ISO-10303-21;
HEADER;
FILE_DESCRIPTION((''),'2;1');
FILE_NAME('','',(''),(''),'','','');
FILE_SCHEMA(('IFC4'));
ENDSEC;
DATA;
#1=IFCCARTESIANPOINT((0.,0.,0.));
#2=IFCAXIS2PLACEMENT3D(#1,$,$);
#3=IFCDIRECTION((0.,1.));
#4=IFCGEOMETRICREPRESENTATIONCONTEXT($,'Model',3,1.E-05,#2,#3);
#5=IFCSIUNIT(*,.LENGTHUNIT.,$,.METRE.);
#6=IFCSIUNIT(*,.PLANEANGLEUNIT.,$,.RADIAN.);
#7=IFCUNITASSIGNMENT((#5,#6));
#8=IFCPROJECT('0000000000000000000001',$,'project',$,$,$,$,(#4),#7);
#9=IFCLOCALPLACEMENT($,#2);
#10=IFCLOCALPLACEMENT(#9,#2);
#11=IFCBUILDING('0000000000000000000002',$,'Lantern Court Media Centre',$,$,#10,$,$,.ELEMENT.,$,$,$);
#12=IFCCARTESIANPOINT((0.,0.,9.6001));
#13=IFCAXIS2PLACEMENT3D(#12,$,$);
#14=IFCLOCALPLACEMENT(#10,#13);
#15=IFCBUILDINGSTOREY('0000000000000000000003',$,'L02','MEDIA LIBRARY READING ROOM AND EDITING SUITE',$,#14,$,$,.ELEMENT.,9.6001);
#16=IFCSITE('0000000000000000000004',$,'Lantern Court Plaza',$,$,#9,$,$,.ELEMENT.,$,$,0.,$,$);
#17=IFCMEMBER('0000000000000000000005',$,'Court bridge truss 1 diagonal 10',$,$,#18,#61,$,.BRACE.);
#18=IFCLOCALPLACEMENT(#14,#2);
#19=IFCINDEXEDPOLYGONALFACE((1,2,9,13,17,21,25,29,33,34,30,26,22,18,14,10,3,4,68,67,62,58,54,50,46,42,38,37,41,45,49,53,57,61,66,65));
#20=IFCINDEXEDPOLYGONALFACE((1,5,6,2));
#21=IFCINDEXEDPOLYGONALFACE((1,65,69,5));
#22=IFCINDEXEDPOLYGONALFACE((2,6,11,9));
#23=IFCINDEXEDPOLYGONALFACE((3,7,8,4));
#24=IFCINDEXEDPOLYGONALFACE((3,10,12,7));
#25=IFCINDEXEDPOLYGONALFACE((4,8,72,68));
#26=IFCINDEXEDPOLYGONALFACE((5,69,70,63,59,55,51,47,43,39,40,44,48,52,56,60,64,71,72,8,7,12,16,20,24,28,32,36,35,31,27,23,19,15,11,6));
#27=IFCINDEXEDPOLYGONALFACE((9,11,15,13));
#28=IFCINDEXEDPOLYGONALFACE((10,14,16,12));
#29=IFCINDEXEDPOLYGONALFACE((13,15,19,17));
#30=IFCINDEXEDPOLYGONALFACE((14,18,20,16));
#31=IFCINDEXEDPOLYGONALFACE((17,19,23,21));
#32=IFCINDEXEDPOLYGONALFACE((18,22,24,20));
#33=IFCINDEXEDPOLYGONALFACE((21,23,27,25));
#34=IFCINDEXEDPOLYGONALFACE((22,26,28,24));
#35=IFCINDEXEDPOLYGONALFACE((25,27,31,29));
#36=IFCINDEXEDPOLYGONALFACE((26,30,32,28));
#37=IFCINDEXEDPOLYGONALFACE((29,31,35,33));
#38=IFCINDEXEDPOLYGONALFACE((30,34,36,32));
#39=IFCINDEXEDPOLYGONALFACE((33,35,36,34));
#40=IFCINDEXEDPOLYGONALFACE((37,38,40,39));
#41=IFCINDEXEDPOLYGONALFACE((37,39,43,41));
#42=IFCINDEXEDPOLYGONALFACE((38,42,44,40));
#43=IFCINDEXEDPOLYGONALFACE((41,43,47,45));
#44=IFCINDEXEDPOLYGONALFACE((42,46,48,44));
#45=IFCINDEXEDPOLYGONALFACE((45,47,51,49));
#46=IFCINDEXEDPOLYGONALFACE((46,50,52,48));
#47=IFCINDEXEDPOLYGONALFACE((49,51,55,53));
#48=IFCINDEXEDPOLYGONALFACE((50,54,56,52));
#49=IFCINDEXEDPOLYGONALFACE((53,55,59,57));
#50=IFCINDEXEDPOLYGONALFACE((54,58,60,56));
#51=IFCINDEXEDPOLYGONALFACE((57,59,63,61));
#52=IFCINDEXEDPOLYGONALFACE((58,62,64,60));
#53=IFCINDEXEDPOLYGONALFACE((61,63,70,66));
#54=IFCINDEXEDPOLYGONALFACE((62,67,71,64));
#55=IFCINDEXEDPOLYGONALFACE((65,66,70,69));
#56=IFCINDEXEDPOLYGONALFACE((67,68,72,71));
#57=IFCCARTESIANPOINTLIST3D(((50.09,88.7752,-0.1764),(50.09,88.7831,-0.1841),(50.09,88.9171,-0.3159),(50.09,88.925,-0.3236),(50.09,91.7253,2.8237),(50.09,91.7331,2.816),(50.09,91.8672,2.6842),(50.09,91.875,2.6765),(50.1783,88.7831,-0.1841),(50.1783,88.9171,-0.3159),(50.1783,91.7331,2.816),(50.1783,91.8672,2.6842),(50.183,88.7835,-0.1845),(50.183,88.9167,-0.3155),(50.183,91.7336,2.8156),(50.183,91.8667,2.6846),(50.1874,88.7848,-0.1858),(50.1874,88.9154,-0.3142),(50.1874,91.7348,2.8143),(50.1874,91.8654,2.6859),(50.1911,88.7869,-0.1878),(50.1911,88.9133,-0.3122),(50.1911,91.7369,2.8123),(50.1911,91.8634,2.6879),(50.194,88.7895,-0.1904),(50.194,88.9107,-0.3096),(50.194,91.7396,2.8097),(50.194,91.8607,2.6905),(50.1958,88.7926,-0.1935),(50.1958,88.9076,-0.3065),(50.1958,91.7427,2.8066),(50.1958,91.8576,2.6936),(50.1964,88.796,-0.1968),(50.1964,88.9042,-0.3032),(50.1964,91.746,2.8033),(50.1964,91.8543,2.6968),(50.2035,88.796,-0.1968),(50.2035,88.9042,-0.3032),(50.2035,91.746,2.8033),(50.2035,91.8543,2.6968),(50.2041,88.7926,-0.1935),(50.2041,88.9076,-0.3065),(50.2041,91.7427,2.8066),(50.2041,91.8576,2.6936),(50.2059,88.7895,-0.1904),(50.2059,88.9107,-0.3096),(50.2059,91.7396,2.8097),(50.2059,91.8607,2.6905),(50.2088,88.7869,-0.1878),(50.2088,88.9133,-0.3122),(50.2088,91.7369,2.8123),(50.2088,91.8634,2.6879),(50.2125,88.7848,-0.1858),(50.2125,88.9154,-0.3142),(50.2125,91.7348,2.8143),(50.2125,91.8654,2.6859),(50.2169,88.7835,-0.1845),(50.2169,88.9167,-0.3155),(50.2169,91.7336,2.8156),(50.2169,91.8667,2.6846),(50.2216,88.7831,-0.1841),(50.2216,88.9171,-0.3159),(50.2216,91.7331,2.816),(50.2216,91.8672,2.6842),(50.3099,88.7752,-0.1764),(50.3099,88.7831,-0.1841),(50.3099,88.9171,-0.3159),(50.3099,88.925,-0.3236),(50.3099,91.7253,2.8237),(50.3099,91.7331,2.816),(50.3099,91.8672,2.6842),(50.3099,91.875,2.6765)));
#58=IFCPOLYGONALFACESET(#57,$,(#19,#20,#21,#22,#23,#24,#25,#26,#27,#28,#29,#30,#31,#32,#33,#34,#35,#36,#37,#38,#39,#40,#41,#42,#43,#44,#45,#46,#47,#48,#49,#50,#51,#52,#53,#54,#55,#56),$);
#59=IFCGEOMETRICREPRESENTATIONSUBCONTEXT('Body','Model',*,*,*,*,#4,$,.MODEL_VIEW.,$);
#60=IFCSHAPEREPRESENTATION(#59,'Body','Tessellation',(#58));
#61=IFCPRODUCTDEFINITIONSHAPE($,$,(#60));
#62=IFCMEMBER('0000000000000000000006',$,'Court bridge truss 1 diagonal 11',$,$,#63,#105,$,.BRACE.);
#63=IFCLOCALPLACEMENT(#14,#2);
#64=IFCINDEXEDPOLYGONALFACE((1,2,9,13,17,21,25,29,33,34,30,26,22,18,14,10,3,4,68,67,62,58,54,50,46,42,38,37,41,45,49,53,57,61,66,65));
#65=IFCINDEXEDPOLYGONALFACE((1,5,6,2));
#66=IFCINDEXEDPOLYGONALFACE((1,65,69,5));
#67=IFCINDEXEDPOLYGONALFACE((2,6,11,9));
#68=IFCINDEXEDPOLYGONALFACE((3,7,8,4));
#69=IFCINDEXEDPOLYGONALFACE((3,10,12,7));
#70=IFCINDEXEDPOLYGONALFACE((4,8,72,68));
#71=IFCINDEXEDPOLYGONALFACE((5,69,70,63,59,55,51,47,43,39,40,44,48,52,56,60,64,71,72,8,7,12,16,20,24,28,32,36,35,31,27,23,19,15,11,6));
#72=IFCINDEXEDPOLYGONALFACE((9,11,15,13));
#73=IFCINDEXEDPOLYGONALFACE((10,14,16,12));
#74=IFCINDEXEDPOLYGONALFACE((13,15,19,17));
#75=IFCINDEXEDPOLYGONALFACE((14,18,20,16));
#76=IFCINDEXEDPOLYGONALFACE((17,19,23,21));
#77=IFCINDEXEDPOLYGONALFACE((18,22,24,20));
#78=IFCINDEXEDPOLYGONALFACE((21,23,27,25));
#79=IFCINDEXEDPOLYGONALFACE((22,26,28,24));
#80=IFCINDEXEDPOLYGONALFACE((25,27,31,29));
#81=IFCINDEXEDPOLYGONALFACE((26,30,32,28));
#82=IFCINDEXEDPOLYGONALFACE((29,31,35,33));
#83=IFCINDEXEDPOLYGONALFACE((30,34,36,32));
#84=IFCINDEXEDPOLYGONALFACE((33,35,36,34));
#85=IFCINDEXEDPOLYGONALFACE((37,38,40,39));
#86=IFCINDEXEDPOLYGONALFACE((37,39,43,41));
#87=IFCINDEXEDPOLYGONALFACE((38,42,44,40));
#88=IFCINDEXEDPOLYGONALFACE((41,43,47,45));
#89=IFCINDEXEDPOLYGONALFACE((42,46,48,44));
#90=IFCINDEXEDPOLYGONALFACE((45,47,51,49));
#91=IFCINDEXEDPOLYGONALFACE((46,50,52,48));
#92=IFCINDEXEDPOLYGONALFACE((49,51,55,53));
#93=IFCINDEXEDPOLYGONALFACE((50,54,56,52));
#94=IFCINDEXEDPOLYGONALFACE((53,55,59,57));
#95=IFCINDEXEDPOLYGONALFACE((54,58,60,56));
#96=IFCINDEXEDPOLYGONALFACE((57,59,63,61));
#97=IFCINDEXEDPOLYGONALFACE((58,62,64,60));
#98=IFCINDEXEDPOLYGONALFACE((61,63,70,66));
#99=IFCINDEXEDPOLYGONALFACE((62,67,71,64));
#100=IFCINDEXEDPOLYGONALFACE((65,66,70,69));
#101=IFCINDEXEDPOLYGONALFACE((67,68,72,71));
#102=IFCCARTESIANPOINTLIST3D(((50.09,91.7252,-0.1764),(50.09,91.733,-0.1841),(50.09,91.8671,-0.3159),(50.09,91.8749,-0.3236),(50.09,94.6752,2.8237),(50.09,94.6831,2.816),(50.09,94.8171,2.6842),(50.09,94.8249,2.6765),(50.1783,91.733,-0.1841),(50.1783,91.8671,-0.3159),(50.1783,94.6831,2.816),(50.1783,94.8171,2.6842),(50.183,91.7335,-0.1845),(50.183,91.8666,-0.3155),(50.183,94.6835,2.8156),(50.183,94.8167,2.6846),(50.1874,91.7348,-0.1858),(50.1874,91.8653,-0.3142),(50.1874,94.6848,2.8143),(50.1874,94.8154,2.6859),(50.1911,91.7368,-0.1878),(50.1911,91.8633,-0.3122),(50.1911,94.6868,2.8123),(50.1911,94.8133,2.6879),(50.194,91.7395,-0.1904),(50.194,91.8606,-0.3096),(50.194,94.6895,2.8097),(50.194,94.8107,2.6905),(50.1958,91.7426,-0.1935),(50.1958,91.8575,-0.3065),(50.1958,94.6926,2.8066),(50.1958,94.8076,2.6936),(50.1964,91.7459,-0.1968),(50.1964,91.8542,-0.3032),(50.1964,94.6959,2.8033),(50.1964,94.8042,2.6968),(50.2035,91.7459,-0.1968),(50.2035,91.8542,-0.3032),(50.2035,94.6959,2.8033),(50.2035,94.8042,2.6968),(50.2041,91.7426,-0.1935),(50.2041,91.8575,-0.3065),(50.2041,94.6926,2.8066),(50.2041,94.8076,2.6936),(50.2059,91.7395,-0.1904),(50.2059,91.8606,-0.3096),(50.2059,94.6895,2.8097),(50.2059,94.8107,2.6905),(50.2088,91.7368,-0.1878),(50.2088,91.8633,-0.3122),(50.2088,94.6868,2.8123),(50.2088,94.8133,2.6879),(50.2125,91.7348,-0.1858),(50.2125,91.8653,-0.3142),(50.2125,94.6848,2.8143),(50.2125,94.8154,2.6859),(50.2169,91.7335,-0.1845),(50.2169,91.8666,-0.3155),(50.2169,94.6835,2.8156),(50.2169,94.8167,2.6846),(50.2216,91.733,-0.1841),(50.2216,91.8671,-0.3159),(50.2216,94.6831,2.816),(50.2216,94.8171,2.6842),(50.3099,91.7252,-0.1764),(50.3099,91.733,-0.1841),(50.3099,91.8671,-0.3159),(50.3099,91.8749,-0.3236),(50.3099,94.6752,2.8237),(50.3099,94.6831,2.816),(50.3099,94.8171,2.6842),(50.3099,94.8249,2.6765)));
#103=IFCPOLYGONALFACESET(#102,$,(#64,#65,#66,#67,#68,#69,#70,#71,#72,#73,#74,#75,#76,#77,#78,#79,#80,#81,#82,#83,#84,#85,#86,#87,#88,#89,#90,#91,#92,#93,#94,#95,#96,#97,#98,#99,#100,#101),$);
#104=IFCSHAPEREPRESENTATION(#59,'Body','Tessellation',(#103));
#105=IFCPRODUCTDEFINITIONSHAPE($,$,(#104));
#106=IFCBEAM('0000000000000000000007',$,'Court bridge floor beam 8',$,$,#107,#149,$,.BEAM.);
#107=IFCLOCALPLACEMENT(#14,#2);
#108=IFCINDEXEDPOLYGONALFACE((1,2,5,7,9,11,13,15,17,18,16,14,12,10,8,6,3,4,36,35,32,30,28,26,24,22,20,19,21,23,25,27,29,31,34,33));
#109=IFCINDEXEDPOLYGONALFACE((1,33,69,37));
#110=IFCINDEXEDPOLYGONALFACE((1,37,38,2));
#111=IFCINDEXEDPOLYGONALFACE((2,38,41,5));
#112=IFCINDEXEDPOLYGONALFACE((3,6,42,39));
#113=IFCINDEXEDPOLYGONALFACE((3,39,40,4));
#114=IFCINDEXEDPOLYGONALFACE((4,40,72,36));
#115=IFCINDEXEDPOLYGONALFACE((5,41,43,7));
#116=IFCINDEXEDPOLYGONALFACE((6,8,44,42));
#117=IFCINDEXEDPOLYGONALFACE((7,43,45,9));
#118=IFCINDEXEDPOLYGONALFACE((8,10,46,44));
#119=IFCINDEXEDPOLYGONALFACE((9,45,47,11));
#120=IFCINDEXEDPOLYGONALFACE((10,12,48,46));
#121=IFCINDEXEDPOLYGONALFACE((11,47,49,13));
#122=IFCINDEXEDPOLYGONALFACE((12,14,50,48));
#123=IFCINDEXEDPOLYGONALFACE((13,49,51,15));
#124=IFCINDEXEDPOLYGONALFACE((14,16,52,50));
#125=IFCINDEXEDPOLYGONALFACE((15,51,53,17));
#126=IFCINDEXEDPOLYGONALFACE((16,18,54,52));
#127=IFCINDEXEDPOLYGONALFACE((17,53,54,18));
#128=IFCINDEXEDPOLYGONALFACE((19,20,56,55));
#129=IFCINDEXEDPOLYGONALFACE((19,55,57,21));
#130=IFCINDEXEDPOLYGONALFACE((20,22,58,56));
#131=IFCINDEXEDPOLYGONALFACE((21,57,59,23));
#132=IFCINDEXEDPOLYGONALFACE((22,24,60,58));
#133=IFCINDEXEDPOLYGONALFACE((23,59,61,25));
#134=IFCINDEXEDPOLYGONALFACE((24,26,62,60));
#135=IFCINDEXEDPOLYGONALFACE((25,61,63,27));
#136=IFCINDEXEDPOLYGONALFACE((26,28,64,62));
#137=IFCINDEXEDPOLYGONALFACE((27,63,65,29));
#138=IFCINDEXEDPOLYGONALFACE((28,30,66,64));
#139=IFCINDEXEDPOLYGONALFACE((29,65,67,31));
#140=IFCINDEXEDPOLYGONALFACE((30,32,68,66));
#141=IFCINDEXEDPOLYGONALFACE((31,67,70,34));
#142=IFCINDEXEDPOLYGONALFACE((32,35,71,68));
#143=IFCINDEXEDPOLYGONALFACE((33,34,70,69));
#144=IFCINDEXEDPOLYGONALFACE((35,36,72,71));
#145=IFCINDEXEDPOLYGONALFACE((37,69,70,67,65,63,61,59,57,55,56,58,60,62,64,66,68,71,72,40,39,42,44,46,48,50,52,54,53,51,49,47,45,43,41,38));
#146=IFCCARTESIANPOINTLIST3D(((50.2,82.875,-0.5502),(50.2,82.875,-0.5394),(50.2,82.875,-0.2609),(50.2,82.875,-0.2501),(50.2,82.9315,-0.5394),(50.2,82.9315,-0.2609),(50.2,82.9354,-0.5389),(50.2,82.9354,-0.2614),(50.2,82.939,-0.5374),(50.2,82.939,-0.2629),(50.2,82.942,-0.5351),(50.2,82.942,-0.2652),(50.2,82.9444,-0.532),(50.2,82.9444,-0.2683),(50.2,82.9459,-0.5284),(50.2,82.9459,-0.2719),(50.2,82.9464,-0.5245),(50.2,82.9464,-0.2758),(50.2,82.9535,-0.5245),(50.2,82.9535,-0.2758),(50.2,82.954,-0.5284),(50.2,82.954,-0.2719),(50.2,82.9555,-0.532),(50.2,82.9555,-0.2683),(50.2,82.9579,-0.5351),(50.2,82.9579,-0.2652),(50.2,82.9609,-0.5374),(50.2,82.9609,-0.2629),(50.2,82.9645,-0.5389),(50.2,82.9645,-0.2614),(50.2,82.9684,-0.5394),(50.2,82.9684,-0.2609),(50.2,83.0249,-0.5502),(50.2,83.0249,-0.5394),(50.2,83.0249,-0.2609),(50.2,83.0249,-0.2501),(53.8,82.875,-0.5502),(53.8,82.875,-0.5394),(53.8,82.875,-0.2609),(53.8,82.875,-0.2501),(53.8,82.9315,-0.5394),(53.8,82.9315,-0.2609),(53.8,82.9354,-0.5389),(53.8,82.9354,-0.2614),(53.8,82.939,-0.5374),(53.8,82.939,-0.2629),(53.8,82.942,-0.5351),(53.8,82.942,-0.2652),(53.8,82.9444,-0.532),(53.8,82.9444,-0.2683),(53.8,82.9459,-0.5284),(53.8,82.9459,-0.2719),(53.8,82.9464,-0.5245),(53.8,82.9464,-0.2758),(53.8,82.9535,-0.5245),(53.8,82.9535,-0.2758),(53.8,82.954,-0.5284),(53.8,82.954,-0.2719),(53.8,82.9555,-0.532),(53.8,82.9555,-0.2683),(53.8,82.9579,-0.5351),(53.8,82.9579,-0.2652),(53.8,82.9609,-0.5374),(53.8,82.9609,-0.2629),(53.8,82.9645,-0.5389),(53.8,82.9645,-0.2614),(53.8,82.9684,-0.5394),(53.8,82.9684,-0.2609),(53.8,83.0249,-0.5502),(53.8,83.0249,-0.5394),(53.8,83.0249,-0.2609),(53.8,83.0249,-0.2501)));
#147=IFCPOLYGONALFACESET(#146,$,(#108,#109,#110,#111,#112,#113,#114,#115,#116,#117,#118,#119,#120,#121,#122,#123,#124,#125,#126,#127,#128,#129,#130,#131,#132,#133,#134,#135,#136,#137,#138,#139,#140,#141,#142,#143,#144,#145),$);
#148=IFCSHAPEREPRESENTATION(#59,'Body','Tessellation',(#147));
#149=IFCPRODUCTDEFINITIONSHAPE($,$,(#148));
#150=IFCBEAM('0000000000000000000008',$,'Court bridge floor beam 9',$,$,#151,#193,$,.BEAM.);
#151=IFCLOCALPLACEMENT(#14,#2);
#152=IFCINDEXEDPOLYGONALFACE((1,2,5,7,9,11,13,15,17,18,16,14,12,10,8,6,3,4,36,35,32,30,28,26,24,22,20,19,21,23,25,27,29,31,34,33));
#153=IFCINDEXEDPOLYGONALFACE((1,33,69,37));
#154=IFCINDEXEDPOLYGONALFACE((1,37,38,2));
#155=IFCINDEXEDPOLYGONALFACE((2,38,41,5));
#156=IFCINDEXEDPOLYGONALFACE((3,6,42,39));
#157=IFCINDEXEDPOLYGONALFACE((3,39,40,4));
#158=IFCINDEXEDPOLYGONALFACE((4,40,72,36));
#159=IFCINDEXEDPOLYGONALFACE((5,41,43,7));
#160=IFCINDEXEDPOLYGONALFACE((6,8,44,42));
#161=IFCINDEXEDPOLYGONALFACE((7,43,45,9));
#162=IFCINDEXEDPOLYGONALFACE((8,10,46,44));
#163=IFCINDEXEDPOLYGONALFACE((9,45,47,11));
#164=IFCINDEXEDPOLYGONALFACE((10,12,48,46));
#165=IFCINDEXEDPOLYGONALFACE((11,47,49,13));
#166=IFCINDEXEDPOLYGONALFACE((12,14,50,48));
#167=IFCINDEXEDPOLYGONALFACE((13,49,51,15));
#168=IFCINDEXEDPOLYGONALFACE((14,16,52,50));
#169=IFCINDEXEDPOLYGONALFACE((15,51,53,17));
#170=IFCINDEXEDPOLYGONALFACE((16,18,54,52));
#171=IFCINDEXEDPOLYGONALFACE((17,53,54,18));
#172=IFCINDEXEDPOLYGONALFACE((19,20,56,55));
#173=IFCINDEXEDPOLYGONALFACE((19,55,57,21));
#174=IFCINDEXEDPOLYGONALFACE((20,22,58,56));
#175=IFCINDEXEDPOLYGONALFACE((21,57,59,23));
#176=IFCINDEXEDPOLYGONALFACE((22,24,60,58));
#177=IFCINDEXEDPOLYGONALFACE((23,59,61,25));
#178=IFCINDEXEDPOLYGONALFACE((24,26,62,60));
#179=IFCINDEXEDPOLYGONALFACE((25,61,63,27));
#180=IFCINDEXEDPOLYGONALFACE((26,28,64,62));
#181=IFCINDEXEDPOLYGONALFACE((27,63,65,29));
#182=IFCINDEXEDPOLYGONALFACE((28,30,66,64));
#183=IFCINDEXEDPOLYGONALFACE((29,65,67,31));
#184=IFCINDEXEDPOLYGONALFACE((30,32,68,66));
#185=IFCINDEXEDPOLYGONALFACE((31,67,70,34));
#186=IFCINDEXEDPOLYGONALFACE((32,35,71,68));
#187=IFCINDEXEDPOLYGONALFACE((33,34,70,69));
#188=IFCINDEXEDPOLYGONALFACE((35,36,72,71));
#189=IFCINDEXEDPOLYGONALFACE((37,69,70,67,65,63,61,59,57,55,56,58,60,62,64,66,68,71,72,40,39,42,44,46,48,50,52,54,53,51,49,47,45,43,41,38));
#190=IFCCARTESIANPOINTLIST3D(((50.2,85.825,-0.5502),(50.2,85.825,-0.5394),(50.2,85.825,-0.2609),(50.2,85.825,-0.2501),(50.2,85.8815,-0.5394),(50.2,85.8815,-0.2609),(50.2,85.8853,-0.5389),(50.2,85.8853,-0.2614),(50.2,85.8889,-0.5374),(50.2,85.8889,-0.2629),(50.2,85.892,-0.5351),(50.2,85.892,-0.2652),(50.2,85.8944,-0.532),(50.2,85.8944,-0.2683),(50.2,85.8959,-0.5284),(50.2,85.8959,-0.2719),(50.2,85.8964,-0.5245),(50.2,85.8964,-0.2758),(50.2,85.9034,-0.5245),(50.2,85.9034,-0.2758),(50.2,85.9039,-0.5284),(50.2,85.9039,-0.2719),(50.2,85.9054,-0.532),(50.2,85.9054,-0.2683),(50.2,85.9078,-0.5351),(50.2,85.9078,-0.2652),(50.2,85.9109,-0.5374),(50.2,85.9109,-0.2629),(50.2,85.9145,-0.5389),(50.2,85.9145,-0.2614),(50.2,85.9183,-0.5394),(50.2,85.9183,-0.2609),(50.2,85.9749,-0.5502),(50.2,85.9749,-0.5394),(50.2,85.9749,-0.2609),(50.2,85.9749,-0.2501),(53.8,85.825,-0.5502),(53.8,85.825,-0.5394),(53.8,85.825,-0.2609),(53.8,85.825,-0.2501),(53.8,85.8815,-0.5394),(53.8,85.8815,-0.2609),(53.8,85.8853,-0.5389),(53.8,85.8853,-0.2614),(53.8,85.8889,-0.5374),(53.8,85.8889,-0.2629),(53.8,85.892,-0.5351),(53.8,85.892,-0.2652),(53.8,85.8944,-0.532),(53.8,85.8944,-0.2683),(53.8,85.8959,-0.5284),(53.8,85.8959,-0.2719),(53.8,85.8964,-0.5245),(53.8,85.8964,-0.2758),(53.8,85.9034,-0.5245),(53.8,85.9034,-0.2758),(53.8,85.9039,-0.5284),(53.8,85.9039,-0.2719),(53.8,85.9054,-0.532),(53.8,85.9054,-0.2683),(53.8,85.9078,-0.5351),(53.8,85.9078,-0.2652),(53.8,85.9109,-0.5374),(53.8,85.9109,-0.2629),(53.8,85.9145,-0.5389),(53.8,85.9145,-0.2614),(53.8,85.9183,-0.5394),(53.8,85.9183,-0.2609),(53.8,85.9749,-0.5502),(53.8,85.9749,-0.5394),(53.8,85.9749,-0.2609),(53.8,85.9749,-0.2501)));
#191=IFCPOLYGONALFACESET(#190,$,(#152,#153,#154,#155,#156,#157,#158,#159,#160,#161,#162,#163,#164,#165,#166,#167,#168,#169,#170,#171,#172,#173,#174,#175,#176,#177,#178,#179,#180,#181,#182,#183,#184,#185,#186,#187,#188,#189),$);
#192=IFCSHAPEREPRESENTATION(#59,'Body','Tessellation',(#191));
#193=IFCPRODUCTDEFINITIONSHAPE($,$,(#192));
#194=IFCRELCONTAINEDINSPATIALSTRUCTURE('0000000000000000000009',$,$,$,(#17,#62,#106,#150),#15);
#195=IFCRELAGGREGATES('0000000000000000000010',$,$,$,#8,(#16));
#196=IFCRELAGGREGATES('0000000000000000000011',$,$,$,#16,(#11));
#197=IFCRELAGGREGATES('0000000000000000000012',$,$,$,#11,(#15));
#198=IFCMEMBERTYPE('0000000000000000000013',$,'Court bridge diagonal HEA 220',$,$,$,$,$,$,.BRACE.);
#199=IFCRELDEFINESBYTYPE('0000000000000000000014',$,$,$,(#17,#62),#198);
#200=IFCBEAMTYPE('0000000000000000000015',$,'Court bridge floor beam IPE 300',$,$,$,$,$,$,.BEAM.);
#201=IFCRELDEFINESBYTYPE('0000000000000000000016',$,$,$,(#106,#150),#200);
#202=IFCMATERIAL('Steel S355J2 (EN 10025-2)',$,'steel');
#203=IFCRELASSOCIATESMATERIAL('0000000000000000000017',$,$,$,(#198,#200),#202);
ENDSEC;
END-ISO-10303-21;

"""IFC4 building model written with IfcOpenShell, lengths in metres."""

from ifc_helpers import new_model, si_unit, direction, frame, origin, origin_2d, place, context, subcontext, project, spatial, i_section, extrude, material, material_profile, profile_set, type_object, element, save


model = new_model("IFC4")

# Units and contexts
model_context = context("Model", 3, precision=1e-05, world=origin(), true_north=direction((0.0, 1.0)))
body_context = subcontext(model_context, "Body", "Model", "MODEL_VIEW")
ifc_project = project(units=[si_unit("LENGTHUNIT", "METRE"), si_unit("PLANEANGLEUNIT", "RADIAN")], contexts=[model_context])

# Site, building, storey
site_placement = place(None, origin())
site = spatial("IfcSite", under=ifc_project, at=site_placement, Name="Lantern Court Plaza", CompositionType="ELEMENT", RefElevation=0.0)
building_placement = place(site_placement, origin())
building = spatial("IfcBuilding", under=site, at=building_placement, Name="Lantern Court Media Centre", CompositionType="ELEMENT")
storey_placement = place(building_placement, frame((0.0, 0.0, 9.6001)))
storey = spatial("IfcBuildingStorey", under=building, at=storey_placement, Name="L02", Description="MEDIA LIBRARY READING ROOM AND EDITING SUITE", CompositionType="ELEMENT", Elevation=9.6001)

# Members
ifc_material = material(Name="Steel S355J2 (EN 10025-2)", Category="steel")
ifc_material_profile_1 = material_profile(ifc_material, i_section(OverallWidth=0.22, OverallDepth=0.21, WebThickness=0.0071, FlangeThickness=0.011, FilletRadius=0.0181, at=origin_2d()), Name="HEA 220")
ifc_profile_set_1 = profile_set([ifc_material_profile_1], Name="Steel S355J2 (EN 10025-2)")
member_type_1 = type_object("IfcMemberType", Name="Court bridge diagonal HEA 220", PredefinedType="BRACE", material=ifc_profile_set_1)
for number, where, z_axis, x_axis, name in (
    (1, (50.2, 88.8501, -0.25), (0.0, 0.701134, 0.713029), (-1.0, 0.0, 0.0), "Court bridge truss 1 diagonal 10"),
    (2, (50.2, 91.8, -0.25), (0.0, 0.701134, 0.713029), (-1.0, 0.0, 0.0), "Court bridge truss 1 diagonal 11"),
):
    element("IfcMember", number, at=place(storey_placement, frame(where, z_axis=z_axis, x_axis=x_axis)), inside=storey, type_object=member_type_1, Name=name, PredefinedType="BRACE", context=body_context, shape_type="SweptSolid", body=[
        extrude(i_section(OverallWidth=0.22, OverallDepth=0.21, WebThickness=0.0071, FlangeThickness=0.011, FilletRadius=0.0181, at=origin_2d()), origin(), (0.0, 0.0, 1.0), 4.2075),
    ])

# Beams
ifc_material_profile_2 = material_profile(ifc_material, i_section(OverallWidth=0.1499, OverallDepth=0.3, WebThickness=0.0071, FlangeThickness=0.0107, FilletRadius=0.0149, at=origin_2d()), Name="IPE 300")
ifc_profile_set_2 = profile_set([ifc_material_profile_2], Name="Steel S355J2 (EN 10025-2)")
beam_type = type_object("IfcBeamType", Name="Court bridge floor beam IPE 300", PredefinedType="BEAM", material=ifc_profile_set_2)
for number, where, z_axis, x_axis, name in (
    (3, (50.2, 82.95, -0.4001), (1.0, 0.0, 0.0), (0.0, 1.0, 0.0), "Court bridge floor beam 8"),
    (4, (50.2, 85.8999, -0.4001), (1.0, 0.0, 0.0), (0.0, 1.0, 0.0), "Court bridge floor beam 9"),
):
    element("IfcBeam", number, at=place(storey_placement, frame(where, z_axis=z_axis, x_axis=x_axis)), inside=storey, type_object=beam_type, Name=name, PredefinedType="BEAM", context=body_context, shape_type="SweptSolid", body=[
        extrude(i_section(OverallWidth=0.1499, OverallDepth=0.3, WebThickness=0.0071, FlangeThickness=0.0107, FilletRadius=0.0149, at=origin_2d()), origin(), (0.0, 0.0, 1.0), 3.6001),
    ])

save(model, "model.ifc")
